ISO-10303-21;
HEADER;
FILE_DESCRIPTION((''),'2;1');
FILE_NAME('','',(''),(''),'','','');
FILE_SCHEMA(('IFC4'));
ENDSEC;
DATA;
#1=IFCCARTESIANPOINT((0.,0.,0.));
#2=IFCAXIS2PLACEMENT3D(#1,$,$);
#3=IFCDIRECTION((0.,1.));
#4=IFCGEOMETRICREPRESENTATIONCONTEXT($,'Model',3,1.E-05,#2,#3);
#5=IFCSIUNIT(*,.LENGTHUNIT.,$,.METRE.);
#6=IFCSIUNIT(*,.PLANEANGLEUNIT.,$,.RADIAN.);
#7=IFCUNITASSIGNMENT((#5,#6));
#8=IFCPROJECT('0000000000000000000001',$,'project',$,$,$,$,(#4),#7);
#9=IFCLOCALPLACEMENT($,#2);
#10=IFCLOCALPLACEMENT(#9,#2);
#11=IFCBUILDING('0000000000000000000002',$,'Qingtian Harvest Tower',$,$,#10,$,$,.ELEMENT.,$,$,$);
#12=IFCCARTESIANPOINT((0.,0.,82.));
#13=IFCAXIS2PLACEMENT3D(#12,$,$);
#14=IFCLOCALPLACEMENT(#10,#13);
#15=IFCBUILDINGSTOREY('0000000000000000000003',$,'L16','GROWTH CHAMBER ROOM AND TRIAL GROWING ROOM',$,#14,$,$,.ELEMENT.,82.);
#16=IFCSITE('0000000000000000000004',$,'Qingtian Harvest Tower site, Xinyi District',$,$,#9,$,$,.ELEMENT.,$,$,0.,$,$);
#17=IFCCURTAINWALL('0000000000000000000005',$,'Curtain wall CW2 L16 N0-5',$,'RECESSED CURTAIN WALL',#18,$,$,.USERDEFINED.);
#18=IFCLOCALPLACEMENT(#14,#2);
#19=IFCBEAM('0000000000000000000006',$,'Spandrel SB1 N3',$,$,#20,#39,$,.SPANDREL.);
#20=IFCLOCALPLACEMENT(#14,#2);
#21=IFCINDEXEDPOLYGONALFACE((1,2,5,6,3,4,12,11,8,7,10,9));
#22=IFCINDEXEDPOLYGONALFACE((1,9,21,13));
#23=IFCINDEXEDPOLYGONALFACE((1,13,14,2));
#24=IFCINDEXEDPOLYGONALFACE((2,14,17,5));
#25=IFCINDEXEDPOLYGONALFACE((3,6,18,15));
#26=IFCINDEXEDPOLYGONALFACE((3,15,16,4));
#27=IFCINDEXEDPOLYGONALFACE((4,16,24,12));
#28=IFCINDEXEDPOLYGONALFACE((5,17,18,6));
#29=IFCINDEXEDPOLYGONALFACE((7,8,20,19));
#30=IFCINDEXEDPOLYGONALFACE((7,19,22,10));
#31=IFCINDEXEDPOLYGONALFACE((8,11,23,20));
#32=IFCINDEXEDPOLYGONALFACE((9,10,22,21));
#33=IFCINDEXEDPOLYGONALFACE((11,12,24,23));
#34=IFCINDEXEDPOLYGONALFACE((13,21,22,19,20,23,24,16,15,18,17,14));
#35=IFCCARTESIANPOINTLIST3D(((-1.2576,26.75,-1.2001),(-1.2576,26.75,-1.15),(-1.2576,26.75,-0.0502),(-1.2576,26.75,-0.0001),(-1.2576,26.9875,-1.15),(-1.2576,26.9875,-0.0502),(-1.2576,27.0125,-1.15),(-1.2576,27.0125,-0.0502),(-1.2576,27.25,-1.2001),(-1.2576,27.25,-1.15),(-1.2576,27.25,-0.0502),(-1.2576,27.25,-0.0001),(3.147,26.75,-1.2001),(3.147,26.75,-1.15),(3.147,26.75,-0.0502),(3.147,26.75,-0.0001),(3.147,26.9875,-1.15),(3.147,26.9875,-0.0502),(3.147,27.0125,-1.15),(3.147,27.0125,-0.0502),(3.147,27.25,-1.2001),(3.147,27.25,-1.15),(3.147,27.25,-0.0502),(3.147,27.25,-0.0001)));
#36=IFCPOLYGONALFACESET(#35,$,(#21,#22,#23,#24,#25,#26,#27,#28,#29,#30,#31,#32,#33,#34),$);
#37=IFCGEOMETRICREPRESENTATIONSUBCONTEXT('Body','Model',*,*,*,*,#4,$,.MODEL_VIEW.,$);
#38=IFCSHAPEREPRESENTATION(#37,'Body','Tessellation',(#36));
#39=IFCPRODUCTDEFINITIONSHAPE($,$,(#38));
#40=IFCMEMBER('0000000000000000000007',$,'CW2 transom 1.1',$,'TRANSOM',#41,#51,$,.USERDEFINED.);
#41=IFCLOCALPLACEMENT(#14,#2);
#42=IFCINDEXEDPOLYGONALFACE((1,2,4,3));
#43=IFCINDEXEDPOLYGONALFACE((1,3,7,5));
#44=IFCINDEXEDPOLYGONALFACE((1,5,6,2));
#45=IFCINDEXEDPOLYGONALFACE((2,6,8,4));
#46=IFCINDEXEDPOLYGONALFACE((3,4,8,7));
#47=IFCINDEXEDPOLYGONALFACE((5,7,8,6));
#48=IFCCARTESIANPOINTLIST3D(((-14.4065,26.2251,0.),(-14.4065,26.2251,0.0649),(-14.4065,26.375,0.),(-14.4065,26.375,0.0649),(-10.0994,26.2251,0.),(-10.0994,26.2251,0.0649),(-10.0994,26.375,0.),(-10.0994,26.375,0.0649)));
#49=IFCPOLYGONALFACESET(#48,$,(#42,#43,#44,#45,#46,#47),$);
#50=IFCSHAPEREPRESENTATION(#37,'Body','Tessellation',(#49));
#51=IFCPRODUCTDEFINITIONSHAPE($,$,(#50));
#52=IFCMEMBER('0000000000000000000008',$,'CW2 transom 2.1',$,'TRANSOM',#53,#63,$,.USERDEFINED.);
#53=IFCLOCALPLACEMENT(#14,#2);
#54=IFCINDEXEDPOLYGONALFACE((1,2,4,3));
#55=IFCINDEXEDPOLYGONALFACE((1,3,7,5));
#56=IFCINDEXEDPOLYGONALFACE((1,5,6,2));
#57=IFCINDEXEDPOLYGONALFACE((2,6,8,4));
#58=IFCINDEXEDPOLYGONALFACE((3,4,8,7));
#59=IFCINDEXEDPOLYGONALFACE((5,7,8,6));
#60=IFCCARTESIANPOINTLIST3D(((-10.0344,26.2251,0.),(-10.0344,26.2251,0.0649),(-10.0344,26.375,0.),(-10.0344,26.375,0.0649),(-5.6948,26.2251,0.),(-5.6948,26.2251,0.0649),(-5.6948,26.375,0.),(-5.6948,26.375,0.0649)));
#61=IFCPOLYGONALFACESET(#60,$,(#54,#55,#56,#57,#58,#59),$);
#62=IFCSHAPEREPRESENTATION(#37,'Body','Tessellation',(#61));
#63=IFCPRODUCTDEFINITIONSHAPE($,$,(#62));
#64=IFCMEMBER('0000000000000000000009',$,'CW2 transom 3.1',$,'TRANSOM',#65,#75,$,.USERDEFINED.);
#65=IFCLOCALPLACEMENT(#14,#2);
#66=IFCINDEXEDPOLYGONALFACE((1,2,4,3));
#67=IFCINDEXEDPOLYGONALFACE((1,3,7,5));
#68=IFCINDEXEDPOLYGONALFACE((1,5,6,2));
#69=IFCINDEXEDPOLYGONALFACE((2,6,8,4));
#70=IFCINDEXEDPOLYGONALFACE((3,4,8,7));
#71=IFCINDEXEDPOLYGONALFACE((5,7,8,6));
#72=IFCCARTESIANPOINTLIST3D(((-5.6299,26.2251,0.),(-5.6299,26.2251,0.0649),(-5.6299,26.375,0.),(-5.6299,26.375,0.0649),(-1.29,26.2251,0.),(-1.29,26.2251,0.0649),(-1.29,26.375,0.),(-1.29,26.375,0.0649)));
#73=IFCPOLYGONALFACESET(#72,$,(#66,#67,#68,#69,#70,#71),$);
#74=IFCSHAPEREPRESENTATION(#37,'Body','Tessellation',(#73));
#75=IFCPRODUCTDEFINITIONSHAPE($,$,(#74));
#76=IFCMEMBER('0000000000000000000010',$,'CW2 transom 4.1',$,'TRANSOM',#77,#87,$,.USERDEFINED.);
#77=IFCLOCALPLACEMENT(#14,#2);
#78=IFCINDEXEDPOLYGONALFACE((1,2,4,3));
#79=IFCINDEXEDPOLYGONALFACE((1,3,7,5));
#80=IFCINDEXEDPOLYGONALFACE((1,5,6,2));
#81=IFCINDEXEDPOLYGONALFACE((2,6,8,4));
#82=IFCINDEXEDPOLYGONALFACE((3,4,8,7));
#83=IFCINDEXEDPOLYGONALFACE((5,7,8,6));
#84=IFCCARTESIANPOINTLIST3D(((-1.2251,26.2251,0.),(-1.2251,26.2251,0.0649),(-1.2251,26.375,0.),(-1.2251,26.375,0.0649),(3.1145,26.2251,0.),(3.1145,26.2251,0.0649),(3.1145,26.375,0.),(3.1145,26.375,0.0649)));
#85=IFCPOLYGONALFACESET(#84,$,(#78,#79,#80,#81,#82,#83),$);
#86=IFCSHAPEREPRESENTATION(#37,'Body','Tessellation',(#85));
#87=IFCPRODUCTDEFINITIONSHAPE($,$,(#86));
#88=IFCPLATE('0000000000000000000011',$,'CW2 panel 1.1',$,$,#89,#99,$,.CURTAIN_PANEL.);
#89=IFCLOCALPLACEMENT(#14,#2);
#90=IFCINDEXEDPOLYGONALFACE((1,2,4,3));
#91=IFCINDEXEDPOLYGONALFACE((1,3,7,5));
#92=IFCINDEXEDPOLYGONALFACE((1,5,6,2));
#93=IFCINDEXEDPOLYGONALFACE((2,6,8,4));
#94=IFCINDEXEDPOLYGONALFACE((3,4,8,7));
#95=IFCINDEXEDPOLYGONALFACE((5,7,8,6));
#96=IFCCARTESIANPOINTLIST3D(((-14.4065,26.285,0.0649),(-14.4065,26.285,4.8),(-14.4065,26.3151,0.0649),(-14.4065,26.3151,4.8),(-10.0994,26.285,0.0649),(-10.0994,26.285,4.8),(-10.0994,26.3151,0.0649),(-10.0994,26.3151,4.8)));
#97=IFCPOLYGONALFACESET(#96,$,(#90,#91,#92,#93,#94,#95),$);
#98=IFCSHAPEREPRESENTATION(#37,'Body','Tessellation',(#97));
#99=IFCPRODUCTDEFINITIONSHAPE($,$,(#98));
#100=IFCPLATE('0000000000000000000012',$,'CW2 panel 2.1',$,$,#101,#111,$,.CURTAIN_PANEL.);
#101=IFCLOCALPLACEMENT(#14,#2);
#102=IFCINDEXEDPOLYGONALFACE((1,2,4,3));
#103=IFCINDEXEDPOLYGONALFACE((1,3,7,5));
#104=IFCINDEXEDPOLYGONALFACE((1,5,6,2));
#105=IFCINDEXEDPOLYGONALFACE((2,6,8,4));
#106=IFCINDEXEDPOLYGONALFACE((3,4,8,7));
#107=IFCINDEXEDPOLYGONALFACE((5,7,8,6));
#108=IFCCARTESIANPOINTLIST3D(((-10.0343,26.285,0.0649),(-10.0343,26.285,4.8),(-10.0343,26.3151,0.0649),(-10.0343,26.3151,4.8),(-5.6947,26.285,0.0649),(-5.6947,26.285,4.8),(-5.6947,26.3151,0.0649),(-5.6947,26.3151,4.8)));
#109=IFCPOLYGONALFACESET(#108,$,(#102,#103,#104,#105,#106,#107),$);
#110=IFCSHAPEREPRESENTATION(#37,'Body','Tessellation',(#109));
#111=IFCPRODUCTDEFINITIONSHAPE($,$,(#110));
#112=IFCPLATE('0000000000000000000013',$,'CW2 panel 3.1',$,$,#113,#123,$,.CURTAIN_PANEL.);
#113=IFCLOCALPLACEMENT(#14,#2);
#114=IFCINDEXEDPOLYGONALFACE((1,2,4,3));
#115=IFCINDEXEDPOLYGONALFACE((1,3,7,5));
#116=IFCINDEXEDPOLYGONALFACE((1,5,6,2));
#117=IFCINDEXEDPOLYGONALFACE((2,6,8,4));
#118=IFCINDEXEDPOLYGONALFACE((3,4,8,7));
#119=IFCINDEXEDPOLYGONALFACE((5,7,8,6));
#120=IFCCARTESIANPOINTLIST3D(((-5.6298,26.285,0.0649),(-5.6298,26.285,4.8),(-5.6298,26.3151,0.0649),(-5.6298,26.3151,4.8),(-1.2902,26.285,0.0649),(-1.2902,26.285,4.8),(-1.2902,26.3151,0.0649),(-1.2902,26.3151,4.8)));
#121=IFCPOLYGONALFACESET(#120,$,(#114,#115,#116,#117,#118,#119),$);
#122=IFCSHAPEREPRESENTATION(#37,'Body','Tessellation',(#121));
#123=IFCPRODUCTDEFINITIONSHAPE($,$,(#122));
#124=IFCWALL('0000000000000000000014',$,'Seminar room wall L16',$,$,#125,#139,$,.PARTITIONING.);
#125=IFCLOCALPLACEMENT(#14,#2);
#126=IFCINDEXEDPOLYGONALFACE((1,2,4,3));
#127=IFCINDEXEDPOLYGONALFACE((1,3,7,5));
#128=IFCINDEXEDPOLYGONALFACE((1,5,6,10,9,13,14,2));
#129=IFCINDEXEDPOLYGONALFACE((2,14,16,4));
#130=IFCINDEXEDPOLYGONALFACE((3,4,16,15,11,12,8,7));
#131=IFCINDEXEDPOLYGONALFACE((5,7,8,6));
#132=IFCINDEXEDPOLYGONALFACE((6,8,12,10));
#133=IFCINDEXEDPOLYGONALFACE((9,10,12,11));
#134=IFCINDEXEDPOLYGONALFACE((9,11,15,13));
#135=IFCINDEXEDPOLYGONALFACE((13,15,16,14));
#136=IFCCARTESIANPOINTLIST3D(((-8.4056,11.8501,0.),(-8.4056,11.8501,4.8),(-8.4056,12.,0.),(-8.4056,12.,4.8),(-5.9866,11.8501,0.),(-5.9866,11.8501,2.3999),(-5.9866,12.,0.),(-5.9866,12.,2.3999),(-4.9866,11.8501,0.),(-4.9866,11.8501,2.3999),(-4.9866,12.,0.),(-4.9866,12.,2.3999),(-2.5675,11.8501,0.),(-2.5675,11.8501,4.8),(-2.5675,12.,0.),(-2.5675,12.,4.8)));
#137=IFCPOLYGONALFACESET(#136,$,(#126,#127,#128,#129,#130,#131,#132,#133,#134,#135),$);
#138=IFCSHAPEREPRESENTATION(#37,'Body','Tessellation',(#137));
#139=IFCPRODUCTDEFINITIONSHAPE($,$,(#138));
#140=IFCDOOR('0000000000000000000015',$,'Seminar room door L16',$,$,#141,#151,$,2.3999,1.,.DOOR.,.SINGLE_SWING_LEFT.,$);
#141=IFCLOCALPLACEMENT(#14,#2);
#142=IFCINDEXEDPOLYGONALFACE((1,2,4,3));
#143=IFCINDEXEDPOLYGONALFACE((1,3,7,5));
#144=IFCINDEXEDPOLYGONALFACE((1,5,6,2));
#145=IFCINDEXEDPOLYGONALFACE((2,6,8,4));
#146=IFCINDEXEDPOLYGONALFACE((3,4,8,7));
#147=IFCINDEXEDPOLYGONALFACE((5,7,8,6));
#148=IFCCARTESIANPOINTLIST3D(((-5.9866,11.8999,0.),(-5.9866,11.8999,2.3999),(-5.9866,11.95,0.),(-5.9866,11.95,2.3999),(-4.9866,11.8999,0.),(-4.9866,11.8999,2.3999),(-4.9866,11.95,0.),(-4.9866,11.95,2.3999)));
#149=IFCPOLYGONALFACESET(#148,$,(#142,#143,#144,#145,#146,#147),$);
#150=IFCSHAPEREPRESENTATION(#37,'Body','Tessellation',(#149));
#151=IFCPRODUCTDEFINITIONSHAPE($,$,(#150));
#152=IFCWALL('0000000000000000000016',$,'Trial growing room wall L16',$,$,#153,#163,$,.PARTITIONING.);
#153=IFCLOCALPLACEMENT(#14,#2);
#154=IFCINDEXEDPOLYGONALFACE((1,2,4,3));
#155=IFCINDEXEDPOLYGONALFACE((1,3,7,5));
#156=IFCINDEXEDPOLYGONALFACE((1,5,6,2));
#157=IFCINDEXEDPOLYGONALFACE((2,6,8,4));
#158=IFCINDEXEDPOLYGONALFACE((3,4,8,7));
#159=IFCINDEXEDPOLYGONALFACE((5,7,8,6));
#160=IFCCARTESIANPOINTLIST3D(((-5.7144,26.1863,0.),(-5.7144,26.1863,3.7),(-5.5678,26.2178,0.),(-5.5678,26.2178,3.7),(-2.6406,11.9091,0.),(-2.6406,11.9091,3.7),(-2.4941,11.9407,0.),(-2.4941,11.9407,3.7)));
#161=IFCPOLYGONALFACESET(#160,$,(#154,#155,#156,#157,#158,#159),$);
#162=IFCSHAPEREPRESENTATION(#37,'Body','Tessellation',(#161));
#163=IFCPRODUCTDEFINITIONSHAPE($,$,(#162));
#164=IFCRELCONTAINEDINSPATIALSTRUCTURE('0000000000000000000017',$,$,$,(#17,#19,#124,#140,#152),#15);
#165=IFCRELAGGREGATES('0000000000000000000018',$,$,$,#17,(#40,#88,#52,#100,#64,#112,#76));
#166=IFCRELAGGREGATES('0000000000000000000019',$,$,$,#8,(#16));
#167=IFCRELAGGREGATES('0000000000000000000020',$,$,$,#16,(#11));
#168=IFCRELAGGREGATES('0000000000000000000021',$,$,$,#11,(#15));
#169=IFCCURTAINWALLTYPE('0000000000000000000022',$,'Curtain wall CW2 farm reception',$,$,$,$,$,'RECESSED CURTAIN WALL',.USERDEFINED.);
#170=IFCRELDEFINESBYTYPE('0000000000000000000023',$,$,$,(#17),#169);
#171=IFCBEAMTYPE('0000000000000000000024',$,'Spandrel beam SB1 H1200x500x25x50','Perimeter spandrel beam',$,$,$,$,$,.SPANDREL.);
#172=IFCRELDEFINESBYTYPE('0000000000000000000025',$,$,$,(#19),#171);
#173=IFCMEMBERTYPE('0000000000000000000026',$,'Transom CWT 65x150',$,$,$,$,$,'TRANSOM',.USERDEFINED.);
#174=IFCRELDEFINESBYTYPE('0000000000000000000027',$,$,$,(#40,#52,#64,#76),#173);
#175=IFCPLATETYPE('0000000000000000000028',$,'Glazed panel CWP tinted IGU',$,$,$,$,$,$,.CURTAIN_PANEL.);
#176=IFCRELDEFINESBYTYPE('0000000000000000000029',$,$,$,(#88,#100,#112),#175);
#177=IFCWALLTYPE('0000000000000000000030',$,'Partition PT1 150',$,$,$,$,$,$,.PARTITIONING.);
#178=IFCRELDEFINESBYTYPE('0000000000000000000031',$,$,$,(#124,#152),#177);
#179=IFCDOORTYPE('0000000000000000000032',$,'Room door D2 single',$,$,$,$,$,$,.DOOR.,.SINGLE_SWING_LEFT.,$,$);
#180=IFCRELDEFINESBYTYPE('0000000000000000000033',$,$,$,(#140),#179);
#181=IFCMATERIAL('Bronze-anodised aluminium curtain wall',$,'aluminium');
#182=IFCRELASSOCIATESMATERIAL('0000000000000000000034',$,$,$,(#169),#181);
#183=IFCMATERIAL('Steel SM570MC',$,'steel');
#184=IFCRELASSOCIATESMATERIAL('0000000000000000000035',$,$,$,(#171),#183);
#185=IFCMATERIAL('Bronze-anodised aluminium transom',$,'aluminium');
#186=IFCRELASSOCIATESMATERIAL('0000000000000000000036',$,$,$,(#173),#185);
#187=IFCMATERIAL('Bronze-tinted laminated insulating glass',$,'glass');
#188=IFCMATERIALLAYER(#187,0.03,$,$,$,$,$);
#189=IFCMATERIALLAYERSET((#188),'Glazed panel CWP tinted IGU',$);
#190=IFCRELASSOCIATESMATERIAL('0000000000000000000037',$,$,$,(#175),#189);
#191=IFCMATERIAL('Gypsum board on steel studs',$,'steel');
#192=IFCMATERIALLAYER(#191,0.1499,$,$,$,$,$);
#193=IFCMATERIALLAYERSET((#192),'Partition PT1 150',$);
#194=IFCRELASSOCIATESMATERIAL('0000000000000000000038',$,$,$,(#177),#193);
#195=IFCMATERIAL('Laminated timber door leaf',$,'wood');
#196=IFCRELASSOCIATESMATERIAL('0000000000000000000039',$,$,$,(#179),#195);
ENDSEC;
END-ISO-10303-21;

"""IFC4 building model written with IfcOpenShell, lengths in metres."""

from ifc_helpers import new_model, si_unit, direction, frame, frame_2d, origin, origin_2d, place, context, subcontext, project, spatial, rectangle, i_section, extrude, material, layer, layer_set, material_profile, profile_set, type_object, element, fill, aggregate, save


model = new_model("IFC4")

# Units and contexts
model_context = context("Model", 3, precision=1e-05, world=origin(), true_north=direction((0.0, 1.0)))
body_context = subcontext(model_context, "Body", "Model", "MODEL_VIEW")
ifc_project = project(units=[si_unit("LENGTHUNIT", "METRE"), si_unit("PLANEANGLEUNIT", "RADIAN")], contexts=[model_context])

# Site, building, storey
site_placement = place(None, origin())
site = spatial("IfcSite", under=ifc_project, at=site_placement, Name="Qingtian Harvest Tower site, Xinyi District", CompositionType="ELEMENT", RefElevation=0.0)
building_placement = place(site_placement, origin())
building = spatial("IfcBuilding", under=site, at=building_placement, Name="Qingtian Harvest Tower", CompositionType="ELEMENT")
storey_placement = place(building_placement, frame((0.0, 0.0, 82.0)))
storey = spatial("IfcBuildingStorey", under=building, at=storey_placement, Name="L16", Description="GROWTH CHAMBER ROOM AND TRIAL GROWING ROOM", CompositionType="ELEMENT", Elevation=82.0)

# Curtain wall
ifc_material_1 = material(Name="Bronze-anodised aluminium curtain wall", Category="aluminium")
curtain_wall_type = type_object("IfcCurtainWallType", Name="Curtain wall CW2 farm reception", ElementType="RECESSED CURTAIN WALL", PredefinedType="USERDEFINED", material=ifc_material_1)
curtain_wall_1_placement = place(storey_placement, origin())
curtain_wall_1 = element("IfcCurtainWall", 1, at=curtain_wall_1_placement, inside=storey, type_object=curtain_wall_type, Name="Curtain wall CW2 L16 N0-5", ObjectType="RECESSED CURTAIN WALL", PredefinedType="USERDEFINED")

# Beam
ifc_material_2 = material(Name="Steel SM570MC", Category="steel")
ifc_material_profile_1 = material_profile(ifc_material_2, i_section(OverallWidth=0.5, OverallDepth=1.2, WebThickness=0.0249, FlangeThickness=0.05, at=origin_2d()), Name="H1200x500x25x50")
ifc_profile_set_1 = profile_set([ifc_material_profile_1], Name="Steel SM570MC")
beam_type_1 = type_object("IfcBeamType", Name="Spandrel beam SB1 H1200x500x25x50", Description="Perimeter spandrel beam", PredefinedType="SPANDREL", material=ifc_profile_set_1)
beam_1_placement = place(storey_placement, frame((-1.2576, 27.0, -0.6001), z_axis=(1.0, 0.0, 0.0), x_axis=(0.0, 1.0, 0.0)))
element("IfcBeam", 2, at=beam_1_placement, inside=storey, type_object=beam_type_1, Name="Spandrel SB1 N3", PredefinedType="SPANDREL", context=body_context, shape_type="SweptSolid", body=[
    extrude(i_section(OverallWidth=0.5, OverallDepth=1.2, WebThickness=0.0249, FlangeThickness=0.05, at=origin_2d()), origin(), (0.0, 0.0, 1.0), 4.4045),
])

# Members
ifc_material_3 = material(Name="Bronze-anodised aluminium transom", Category="aluminium")
ifc_material_profile_2 = material_profile(ifc_material_3, rectangle(XDim=0.1499, YDim=0.0649, at=origin_2d()), Name="AL 65x150")
ifc_profile_set_2 = profile_set([ifc_material_profile_2], Name="Bronze-anodised aluminium transom")
member_type_1 = type_object("IfcMemberType", Name="Transom CWT 65x150", ElementType="TRANSOM", PredefinedType="USERDEFINED", material=ifc_profile_set_2)
member_1_placement = place(storey_placement, frame((-14.4065, 26.3, 0.0325), z_axis=(1.0, 0.0, 0.0), x_axis=(0.0, 1.0, 0.0)))
member_1 = element("IfcMember", 3, at=member_1_placement, type_object=member_type_1, Name="CW2 transom 1.1", ObjectType="TRANSOM", PredefinedType="USERDEFINED", context=body_context, shape_type="SweptSolid", body=[
    extrude(rectangle(XDim=0.1499, YDim=0.0649, at=origin_2d()), origin(), (0.0, 0.0, 1.0), 4.3071),
])
member_2_placement = place(storey_placement, frame((-10.0344, 26.3, 0.0325), z_axis=(1.0, 0.0, 0.0), x_axis=(0.0, 1.0, 0.0)))
member_2 = element("IfcMember", 4, at=member_2_placement, type_object=member_type_1, Name="CW2 transom 2.1", ObjectType="TRANSOM", PredefinedType="USERDEFINED", context=body_context, shape_type="SweptSolid", body=[
    extrude(rectangle(XDim=0.1499, YDim=0.0649, at=origin_2d()), origin(), (0.0, 0.0, 1.0), 4.3396),
])
member_3_placement = place(storey_placement, frame((-5.6299, 26.3, 0.0325), z_axis=(1.0, 0.0, 0.0), x_axis=(0.0, 1.0, 0.0)))
member_3 = element("IfcMember", 5, at=member_3_placement, type_object=member_type_1, Name="CW2 transom 3.1", ObjectType="TRANSOM", PredefinedType="USERDEFINED", context=body_context, shape_type="SweptSolid", body=[
    extrude(rectangle(XDim=0.1499, YDim=0.0649, at=origin_2d()), origin(), (0.0, 0.0, 1.0), 4.3398),
])
member_4_placement = place(storey_placement, frame((-1.2251, 26.3, 0.0325), z_axis=(1.0, 0.0, 0.0), x_axis=(0.0, 1.0, 0.0)))
member_4 = element("IfcMember", 6, at=member_4_placement, type_object=member_type_1, Name="CW2 transom 4.1", ObjectType="TRANSOM", PredefinedType="USERDEFINED", context=body_context, shape_type="SweptSolid", body=[
    extrude(rectangle(XDim=0.1499, YDim=0.0649, at=origin_2d()), origin(), (0.0, 0.0, 1.0), 4.3396),
])

# Plates
ifc_material_4 = material(Name="Bronze-tinted laminated insulating glass", Category="glass")
ifc_layer_1 = layer(ifc_material_4, 0.03)
ifc_layer_set_1 = layer_set([ifc_layer_1], Name="Glazed panel CWP tinted IGU")
plate_type = type_object("IfcPlateType", Name="Glazed panel CWP tinted IGU", PredefinedType="CURTAIN_PANEL", material=ifc_layer_set_1)
plate_1_placement = place(storey_placement, frame((-12.2529, 26.3, 0.0649), z_axis=(0.0, 0.0, 1.0), x_axis=(1.0, 0.0, 0.0)))
plate_1 = element("IfcPlate", 7, at=plate_1_placement, type_object=plate_type, Name="CW2 panel 1.1", PredefinedType="CURTAIN_PANEL", context=body_context, shape_type="SweptSolid", body=[
    extrude(rectangle(XDim=4.3071, YDim=0.03, at=origin_2d()), origin(), (0.0, 0.0, 1.0), 4.7351),
])
plate_2_placement = place(storey_placement, frame((-7.8645, 26.3, 0.0649), z_axis=(0.0, 0.0, 1.0), x_axis=(1.0, 0.0, 0.0)))
plate_2 = element("IfcPlate", 8, at=plate_2_placement, type_object=plate_type, Name="CW2 panel 2.1", PredefinedType="CURTAIN_PANEL", context=body_context, shape_type="SweptSolid", body=[
    extrude(rectangle(XDim=4.3396, YDim=0.03, at=origin_2d()), origin(), (0.0, 0.0, 1.0), 4.7351),
])
plate_3_placement = place(storey_placement, frame((-3.46, 26.3, 0.0649), z_axis=(0.0, 0.0, 1.0), x_axis=(1.0, 0.0, 0.0)))
plate_3 = element("IfcPlate", 9, at=plate_3_placement, type_object=plate_type, Name="CW2 panel 3.1", PredefinedType="CURTAIN_PANEL", context=body_context, shape_type="SweptSolid", body=[
    extrude(rectangle(XDim=4.3396, YDim=0.03, at=origin_2d()), origin(), (0.0, 0.0, 1.0), 4.7351),
])
aggregate(curtain_wall_1, [member_1, plate_1, member_2, plate_2, member_3, plate_3, member_4])

# Wall, opening, door
ifc_material_5 = material(Name="Gypsum board on steel studs", Category="steel")
ifc_layer_2 = layer(ifc_material_5, 0.1499)
ifc_layer_set_2 = layer_set([ifc_layer_2], Name="Partition PT1 150")
wall_type = type_object("IfcWallType", Name="Partition PT1 150", PredefinedType="PARTITIONING", material=ifc_layer_set_2)
wall_1_placement = place(storey_placement, frame((-8.4055, 11.925, 0.0), z_axis=(0.0, 0.0, 1.0), x_axis=(1.0, 0.0, 0.0)))
wall_1 = element("IfcWall", 10, at=wall_1_placement, inside=storey, type_object=wall_type, Name="Seminar room wall L16", PredefinedType="PARTITIONING", context=body_context, shape_type="SweptSolid", body=[
    extrude(rectangle(XDim=5.8381, YDim=0.1499, at=frame_2d((2.9189, 0.0))), origin(), (0.0, 0.0, 1.0), 4.8),
])
opening_1_placement = place(wall_1_placement, frame((2.4189, 0.0, 0.0)))
opening_1 = element("IfcOpeningElement", 11, at=opening_1_placement, cuts=wall_1, PredefinedType="OPENING", context=body_context, shape_type="SweptSolid", body=[
    extrude(rectangle(XDim=1.0, YDim=2.3999, at=frame_2d((0.5, 1.2))), frame((0.0, 0.085, 0.0), z_axis=(0.0, -1.0, 0.0), x_axis=(1.0, 0.0, 0.0)), (0.0, 0.0, 1.0), 0.1699),
])
ifc_material_6 = material(Name="Laminated timber door leaf", Category="wood")
door_type_1 = type_object("IfcDoorType", Name="Room door D2 single", OperationType="SINGLE_SWING_LEFT", PredefinedType="DOOR", material=ifc_material_6)
door_1_placement = place(opening_1_placement, origin())
door_1 = element("IfcDoor", 12, at=door_1_placement, inside=storey, type_object=door_type_1, Name="Seminar room door L16", OperationType="SINGLE_SWING_LEFT", OverallHeight=2.3999, OverallWidth=1.0, PredefinedType="DOOR", context=body_context, shape_type="SweptSolid", body=[
    extrude(rectangle(XDim=1.0, YDim=2.3999, at=frame_2d((0.5, 1.2))), frame((0.0, 0.0249, 0.0), z_axis=(0.0, -1.0, 0.0), x_axis=(1.0, 0.0, 0.0)), (0.0, 0.0, 1.0), 0.05),
])
fill(opening_1, door_1)

# Wall
wall_2_placement = place(storey_placement, frame((-5.6411, 26.2021, 0.0), z_axis=(0.0, 0.0, 1.0), x_axis=(0.210469, -0.977601, 0.0)))
element("IfcWall", 13, at=wall_2_placement, inside=storey, type_object=wall_type, Name="Trial growing room wall L16", PredefinedType="PARTITIONING", context=body_context, shape_type="SweptSolid", body=[
    extrude(rectangle(XDim=14.6042, YDim=0.1499, at=frame_2d((7.3022, 0.0))), origin(), (0.0, 0.0, 1.0), 3.7),
])

save(model, "model.ifc")
